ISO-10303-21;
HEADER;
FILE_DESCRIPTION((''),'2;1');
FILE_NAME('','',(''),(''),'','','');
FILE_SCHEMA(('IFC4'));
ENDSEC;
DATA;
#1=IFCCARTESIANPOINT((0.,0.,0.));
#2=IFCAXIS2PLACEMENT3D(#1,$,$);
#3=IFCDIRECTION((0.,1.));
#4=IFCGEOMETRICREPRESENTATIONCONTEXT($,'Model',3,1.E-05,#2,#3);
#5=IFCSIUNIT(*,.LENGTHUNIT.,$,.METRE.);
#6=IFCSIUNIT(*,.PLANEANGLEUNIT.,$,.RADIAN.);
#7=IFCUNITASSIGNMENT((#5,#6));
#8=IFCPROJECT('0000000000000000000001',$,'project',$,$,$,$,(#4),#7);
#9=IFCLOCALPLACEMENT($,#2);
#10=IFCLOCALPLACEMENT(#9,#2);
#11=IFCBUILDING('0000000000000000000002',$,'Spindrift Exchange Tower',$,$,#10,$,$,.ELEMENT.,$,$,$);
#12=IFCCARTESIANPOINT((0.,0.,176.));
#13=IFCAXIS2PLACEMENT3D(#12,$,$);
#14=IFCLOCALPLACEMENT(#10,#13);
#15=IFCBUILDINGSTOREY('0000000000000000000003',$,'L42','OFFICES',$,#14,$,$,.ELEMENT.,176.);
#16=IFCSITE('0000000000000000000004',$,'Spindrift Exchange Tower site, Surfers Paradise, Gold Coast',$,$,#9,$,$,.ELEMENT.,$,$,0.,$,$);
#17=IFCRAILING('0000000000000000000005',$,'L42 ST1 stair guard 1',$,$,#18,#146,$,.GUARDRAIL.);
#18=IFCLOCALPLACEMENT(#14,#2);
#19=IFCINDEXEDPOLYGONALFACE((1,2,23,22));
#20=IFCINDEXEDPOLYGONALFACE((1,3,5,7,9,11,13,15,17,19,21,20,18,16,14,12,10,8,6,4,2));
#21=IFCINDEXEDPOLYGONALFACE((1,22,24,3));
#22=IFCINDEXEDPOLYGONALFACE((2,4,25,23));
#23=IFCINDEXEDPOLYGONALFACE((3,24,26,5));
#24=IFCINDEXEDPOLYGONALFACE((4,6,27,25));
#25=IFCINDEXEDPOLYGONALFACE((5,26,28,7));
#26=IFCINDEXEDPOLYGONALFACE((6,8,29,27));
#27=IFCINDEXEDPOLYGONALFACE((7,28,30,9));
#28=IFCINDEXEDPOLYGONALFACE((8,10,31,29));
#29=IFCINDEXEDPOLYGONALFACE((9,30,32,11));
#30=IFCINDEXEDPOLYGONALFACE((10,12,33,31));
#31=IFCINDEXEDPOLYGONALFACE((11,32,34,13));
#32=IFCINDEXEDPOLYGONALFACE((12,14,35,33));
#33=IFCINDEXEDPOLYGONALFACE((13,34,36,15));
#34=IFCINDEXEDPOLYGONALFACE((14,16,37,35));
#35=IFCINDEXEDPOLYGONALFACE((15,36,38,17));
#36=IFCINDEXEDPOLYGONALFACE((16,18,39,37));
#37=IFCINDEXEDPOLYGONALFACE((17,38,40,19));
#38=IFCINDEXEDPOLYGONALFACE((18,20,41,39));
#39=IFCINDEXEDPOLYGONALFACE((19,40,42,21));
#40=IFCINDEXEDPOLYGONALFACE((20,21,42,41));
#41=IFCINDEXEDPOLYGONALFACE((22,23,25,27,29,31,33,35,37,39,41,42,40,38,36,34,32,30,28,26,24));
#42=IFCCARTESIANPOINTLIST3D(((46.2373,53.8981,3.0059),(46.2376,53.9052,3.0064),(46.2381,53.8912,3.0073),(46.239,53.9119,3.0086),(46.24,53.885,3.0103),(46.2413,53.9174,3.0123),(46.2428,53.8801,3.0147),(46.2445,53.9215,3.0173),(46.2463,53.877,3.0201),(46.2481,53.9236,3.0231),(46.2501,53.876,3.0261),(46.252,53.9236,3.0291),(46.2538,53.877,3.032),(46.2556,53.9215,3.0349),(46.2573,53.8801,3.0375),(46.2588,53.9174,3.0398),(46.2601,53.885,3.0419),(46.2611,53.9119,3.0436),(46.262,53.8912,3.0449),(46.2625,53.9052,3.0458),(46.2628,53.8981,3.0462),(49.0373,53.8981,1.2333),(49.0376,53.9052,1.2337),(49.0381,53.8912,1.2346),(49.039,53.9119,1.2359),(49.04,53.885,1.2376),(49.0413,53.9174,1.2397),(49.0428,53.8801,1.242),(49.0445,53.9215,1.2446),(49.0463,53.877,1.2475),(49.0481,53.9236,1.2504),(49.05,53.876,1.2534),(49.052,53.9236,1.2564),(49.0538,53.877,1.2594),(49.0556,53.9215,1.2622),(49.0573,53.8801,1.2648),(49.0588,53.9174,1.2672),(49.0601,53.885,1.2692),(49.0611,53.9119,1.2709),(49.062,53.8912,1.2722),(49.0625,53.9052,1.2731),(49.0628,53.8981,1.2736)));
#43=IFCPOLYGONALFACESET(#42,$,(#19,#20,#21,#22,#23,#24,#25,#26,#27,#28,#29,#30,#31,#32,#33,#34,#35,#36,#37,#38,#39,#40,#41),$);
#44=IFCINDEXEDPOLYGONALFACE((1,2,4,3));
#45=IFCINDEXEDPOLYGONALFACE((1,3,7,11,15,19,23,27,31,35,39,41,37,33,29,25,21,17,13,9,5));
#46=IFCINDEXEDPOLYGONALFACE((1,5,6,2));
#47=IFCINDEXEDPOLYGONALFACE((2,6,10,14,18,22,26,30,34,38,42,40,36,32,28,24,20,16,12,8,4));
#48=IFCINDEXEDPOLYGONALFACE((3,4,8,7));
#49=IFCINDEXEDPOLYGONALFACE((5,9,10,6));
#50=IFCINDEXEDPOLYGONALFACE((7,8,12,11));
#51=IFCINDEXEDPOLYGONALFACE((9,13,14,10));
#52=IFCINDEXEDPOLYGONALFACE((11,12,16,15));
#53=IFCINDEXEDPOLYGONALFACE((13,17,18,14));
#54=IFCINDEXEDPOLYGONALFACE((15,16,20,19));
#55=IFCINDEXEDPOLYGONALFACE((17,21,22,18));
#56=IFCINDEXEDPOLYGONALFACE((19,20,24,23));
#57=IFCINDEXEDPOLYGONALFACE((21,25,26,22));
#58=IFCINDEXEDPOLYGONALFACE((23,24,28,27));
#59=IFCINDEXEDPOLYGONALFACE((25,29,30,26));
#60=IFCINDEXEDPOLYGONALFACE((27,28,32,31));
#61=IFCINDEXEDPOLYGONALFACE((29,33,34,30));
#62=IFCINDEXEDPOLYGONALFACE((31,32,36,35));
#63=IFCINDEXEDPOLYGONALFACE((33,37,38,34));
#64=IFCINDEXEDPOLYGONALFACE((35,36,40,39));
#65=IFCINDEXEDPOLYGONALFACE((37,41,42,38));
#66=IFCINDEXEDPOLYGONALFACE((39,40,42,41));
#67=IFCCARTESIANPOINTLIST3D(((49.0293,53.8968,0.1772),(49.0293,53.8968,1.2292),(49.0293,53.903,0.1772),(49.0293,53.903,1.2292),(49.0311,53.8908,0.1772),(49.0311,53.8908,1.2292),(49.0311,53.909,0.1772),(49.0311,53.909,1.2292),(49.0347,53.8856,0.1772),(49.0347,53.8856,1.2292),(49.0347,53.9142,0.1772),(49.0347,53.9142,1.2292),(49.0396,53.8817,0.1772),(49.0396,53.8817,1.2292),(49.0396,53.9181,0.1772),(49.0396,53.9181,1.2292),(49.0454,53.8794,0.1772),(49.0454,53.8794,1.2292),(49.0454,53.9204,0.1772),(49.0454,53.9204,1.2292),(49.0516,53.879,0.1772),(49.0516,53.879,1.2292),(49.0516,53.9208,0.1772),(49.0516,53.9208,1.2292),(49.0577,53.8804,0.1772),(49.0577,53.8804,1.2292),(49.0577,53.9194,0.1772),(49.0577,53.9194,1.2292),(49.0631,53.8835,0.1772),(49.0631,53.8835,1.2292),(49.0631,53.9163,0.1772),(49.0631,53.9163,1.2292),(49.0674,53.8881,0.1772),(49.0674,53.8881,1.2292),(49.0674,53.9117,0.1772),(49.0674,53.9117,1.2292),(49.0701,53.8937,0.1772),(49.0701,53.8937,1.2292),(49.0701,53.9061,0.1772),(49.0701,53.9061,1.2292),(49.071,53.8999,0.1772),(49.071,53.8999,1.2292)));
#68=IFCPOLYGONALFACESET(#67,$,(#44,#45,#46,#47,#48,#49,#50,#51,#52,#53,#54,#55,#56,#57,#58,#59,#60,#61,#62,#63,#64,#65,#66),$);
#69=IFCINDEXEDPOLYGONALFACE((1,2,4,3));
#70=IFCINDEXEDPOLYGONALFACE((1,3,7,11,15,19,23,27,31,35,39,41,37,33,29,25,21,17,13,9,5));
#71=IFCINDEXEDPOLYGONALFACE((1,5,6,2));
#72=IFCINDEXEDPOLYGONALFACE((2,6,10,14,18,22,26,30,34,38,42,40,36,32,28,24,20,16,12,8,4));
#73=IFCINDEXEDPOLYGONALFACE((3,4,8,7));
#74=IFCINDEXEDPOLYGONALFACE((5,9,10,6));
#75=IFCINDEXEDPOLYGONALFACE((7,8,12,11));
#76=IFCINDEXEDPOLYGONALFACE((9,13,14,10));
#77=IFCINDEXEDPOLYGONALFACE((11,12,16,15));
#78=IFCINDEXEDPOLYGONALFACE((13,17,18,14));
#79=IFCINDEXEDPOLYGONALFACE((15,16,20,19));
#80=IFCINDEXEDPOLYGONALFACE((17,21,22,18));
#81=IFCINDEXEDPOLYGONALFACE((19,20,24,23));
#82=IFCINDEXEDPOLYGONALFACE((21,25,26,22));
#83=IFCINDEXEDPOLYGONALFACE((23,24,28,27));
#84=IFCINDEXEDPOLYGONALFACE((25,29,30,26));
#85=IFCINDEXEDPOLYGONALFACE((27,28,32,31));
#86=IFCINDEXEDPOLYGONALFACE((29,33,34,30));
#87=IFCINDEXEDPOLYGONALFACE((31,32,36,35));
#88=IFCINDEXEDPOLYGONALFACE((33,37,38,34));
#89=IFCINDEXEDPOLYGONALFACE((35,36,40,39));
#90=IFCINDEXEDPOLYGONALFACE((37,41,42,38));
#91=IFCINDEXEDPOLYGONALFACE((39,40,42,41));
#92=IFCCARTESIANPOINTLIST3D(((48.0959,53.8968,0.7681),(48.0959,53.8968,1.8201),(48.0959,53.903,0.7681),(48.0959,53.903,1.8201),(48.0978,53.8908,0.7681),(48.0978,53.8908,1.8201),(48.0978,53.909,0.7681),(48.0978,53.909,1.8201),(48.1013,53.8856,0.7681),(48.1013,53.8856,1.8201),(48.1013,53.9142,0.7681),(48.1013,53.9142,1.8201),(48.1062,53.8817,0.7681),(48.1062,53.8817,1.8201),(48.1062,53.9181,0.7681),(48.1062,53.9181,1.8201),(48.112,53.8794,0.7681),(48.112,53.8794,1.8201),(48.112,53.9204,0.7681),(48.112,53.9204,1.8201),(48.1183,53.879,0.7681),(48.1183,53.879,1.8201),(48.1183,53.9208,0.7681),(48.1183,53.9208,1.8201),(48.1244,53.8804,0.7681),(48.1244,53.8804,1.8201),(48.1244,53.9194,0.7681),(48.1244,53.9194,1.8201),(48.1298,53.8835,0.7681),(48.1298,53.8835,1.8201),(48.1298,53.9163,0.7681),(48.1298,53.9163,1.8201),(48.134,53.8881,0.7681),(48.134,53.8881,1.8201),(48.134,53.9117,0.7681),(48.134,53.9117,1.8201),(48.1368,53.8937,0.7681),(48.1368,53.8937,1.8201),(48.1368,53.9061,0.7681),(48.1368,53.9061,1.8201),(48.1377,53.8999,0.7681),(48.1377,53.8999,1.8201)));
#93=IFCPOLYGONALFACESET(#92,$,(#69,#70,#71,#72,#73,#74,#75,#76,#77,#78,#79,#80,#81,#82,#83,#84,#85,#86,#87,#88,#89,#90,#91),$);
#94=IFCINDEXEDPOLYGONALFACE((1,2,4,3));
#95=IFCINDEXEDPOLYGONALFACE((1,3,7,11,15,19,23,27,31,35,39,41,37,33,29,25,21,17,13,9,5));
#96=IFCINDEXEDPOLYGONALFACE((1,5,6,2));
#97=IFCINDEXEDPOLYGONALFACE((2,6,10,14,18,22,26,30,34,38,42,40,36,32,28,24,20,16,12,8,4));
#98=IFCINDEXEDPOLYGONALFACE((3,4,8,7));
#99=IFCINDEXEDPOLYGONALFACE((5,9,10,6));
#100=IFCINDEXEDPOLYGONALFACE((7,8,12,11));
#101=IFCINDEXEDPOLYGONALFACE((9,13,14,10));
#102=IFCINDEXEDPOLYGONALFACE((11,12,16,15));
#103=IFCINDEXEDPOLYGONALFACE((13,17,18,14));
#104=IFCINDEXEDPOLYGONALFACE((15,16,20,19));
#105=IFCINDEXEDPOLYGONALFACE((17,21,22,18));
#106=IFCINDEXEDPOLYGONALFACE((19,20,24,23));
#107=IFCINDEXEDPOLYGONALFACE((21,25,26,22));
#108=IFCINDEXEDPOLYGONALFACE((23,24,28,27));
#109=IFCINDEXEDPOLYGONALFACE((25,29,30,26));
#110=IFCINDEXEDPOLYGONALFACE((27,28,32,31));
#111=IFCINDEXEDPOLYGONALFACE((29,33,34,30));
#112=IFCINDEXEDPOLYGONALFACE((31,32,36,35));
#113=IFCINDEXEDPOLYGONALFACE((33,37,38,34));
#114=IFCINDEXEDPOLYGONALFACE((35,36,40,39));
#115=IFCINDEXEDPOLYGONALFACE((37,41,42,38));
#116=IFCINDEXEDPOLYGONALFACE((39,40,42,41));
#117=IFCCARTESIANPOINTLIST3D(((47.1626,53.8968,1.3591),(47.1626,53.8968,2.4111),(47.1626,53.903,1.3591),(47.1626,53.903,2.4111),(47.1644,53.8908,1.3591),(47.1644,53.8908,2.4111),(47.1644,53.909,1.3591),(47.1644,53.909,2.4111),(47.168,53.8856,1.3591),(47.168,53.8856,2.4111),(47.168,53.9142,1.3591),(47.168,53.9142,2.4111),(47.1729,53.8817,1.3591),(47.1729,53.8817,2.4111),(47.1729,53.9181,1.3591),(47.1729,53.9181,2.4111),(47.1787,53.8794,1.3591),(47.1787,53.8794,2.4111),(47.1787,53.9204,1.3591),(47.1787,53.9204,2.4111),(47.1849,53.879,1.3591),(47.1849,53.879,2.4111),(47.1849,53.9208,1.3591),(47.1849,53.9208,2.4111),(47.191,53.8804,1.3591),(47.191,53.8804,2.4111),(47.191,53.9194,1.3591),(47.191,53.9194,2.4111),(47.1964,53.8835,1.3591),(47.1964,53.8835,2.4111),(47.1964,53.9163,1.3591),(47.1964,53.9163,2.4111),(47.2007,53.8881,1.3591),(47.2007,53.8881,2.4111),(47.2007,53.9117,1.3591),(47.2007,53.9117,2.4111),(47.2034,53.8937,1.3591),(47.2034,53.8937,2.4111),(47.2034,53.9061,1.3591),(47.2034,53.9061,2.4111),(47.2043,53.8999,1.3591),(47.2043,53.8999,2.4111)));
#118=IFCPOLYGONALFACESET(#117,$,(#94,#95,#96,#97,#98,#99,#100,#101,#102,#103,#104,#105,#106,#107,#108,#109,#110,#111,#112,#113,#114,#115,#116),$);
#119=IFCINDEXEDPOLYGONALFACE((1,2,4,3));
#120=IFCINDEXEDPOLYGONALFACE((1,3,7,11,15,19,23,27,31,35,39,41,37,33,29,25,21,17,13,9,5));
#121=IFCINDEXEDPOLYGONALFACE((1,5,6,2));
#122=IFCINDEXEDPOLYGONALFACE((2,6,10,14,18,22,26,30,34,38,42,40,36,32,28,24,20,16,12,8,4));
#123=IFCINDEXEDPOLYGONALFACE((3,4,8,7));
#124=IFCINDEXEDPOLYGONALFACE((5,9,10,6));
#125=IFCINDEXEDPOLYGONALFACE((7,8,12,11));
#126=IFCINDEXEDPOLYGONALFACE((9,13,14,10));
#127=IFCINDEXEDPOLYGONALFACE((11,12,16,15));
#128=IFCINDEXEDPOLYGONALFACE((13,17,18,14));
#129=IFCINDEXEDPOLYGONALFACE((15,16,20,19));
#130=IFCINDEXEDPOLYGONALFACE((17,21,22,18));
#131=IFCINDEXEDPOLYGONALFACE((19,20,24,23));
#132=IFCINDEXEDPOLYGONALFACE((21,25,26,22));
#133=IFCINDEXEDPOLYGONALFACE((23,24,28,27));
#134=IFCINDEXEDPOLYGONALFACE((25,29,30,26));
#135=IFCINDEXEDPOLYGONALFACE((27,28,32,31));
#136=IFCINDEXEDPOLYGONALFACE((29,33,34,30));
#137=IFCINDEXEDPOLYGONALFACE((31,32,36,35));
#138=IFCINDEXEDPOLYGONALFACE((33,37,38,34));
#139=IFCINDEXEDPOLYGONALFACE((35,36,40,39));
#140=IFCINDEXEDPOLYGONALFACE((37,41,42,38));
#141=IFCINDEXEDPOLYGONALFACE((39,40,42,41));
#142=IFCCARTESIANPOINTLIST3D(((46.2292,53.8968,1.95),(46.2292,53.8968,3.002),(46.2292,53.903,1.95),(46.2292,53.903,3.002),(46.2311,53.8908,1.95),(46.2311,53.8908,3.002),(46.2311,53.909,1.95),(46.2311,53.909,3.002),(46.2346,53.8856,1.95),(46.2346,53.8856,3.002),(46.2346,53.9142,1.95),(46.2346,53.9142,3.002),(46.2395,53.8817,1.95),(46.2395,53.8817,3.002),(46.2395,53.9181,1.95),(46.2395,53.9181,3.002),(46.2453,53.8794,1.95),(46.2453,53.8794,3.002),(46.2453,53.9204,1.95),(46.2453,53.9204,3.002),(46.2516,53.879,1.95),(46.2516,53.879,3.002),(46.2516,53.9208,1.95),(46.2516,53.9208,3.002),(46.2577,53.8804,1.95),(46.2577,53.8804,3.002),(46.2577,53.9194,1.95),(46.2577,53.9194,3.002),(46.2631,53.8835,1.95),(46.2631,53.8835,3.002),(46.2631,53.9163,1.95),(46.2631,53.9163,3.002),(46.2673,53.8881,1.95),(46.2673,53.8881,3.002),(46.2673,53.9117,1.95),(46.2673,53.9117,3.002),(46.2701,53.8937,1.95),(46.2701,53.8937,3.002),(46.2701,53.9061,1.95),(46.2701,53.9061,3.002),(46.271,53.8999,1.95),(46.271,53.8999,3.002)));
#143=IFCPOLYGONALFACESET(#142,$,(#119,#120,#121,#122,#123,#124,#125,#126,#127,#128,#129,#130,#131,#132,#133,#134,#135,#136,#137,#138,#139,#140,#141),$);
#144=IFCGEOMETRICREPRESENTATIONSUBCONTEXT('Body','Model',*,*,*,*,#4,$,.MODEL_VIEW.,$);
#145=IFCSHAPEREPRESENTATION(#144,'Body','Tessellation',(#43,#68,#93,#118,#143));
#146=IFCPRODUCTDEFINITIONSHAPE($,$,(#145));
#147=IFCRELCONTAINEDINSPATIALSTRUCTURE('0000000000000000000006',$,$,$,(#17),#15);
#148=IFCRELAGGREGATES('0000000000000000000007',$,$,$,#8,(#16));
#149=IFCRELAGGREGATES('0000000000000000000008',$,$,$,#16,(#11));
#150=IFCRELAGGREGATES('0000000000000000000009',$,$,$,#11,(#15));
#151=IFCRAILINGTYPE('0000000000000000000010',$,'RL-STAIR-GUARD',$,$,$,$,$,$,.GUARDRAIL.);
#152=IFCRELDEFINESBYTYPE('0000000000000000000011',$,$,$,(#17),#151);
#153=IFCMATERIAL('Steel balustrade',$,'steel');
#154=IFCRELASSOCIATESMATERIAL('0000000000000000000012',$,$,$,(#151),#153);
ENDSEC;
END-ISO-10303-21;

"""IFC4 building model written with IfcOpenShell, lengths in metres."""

from ifc_helpers import new_model, si_unit, direction, frame, origin, origin_2d, place, context, subcontext, project, spatial, circle, extrude, material, type_object, element, save


model = new_model("IFC4")

# Units and contexts
model_context = context("Model", 3, precision=1e-05, world=origin(), true_north=direction((0.0, 1.0)))
body_context = subcontext(model_context, "Body", "Model", "MODEL_VIEW")
ifc_project = project(units=[si_unit("LENGTHUNIT", "METRE"), si_unit("PLANEANGLEUNIT", "RADIAN")], contexts=[model_context])

# Site, building, storey
site_placement = place(None, origin())
site = spatial("IfcSite", under=ifc_project, at=site_placement, Name="Spindrift Exchange Tower site, Surfers Paradise, Gold Coast", CompositionType="ELEMENT", RefElevation=0.0)
building_placement = place(site_placement, origin())
building = spatial("IfcBuilding", under=site, at=building_placement, Name="Spindrift Exchange Tower", CompositionType="ELEMENT")
storey_placement = place(building_placement, frame((0.0, 0.0, 176.0)))
storey = spatial("IfcBuildingStorey", under=building, at=storey_placement, Name="L42", Description="OFFICES", CompositionType="ELEMENT", Elevation=176.0)

# Railing
ifc_material_1 = material(Name="Steel balustrade", Category="steel")
railing_type_1 = type_object("IfcRailingType", Name="RL-STAIR-GUARD", PredefinedType="GUARDRAIL", material=ifc_material_1)
railing_1_placement = place(storey_placement, frame((49.05, 53.8999, 0.1772)))
element("IfcRailing", 1, at=railing_1_placement, inside=storey, type_object=railing_type_1, Name="L42 ST1 stair guard 1", PredefinedType="GUARDRAIL", context=body_context, shape_type="SweptSolid", body=[
    extrude(circle(Radius=0.0239, at=origin_2d()), frame((0.0, 0.0, 1.0762), z_axis=(-0.844909, 0.0, 0.53491), x_axis=(0.0, -1.0, 0.0)), (0.0, 0.0, 1.0), 3.314),
    extrude(circle(Radius=0.021, at=origin_2d()), origin(), (0.0, 0.0, 1.0), 1.052),
    extrude(circle(Radius=0.021, at=origin_2d()), frame((-0.9333, 0.0, 0.5908)), (0.0, 0.0, 1.0), 1.052),
    extrude(circle(Radius=0.021, at=origin_2d()), frame((-1.8667, 0.0, 1.1819)), (0.0, 0.0, 1.0), 1.052),
    extrude(circle(Radius=0.021, at=origin_2d()), frame((-2.8, 0.0, 1.7727)), (0.0, 0.0, 1.0), 1.052),
])

save(model, "model.ifc")
